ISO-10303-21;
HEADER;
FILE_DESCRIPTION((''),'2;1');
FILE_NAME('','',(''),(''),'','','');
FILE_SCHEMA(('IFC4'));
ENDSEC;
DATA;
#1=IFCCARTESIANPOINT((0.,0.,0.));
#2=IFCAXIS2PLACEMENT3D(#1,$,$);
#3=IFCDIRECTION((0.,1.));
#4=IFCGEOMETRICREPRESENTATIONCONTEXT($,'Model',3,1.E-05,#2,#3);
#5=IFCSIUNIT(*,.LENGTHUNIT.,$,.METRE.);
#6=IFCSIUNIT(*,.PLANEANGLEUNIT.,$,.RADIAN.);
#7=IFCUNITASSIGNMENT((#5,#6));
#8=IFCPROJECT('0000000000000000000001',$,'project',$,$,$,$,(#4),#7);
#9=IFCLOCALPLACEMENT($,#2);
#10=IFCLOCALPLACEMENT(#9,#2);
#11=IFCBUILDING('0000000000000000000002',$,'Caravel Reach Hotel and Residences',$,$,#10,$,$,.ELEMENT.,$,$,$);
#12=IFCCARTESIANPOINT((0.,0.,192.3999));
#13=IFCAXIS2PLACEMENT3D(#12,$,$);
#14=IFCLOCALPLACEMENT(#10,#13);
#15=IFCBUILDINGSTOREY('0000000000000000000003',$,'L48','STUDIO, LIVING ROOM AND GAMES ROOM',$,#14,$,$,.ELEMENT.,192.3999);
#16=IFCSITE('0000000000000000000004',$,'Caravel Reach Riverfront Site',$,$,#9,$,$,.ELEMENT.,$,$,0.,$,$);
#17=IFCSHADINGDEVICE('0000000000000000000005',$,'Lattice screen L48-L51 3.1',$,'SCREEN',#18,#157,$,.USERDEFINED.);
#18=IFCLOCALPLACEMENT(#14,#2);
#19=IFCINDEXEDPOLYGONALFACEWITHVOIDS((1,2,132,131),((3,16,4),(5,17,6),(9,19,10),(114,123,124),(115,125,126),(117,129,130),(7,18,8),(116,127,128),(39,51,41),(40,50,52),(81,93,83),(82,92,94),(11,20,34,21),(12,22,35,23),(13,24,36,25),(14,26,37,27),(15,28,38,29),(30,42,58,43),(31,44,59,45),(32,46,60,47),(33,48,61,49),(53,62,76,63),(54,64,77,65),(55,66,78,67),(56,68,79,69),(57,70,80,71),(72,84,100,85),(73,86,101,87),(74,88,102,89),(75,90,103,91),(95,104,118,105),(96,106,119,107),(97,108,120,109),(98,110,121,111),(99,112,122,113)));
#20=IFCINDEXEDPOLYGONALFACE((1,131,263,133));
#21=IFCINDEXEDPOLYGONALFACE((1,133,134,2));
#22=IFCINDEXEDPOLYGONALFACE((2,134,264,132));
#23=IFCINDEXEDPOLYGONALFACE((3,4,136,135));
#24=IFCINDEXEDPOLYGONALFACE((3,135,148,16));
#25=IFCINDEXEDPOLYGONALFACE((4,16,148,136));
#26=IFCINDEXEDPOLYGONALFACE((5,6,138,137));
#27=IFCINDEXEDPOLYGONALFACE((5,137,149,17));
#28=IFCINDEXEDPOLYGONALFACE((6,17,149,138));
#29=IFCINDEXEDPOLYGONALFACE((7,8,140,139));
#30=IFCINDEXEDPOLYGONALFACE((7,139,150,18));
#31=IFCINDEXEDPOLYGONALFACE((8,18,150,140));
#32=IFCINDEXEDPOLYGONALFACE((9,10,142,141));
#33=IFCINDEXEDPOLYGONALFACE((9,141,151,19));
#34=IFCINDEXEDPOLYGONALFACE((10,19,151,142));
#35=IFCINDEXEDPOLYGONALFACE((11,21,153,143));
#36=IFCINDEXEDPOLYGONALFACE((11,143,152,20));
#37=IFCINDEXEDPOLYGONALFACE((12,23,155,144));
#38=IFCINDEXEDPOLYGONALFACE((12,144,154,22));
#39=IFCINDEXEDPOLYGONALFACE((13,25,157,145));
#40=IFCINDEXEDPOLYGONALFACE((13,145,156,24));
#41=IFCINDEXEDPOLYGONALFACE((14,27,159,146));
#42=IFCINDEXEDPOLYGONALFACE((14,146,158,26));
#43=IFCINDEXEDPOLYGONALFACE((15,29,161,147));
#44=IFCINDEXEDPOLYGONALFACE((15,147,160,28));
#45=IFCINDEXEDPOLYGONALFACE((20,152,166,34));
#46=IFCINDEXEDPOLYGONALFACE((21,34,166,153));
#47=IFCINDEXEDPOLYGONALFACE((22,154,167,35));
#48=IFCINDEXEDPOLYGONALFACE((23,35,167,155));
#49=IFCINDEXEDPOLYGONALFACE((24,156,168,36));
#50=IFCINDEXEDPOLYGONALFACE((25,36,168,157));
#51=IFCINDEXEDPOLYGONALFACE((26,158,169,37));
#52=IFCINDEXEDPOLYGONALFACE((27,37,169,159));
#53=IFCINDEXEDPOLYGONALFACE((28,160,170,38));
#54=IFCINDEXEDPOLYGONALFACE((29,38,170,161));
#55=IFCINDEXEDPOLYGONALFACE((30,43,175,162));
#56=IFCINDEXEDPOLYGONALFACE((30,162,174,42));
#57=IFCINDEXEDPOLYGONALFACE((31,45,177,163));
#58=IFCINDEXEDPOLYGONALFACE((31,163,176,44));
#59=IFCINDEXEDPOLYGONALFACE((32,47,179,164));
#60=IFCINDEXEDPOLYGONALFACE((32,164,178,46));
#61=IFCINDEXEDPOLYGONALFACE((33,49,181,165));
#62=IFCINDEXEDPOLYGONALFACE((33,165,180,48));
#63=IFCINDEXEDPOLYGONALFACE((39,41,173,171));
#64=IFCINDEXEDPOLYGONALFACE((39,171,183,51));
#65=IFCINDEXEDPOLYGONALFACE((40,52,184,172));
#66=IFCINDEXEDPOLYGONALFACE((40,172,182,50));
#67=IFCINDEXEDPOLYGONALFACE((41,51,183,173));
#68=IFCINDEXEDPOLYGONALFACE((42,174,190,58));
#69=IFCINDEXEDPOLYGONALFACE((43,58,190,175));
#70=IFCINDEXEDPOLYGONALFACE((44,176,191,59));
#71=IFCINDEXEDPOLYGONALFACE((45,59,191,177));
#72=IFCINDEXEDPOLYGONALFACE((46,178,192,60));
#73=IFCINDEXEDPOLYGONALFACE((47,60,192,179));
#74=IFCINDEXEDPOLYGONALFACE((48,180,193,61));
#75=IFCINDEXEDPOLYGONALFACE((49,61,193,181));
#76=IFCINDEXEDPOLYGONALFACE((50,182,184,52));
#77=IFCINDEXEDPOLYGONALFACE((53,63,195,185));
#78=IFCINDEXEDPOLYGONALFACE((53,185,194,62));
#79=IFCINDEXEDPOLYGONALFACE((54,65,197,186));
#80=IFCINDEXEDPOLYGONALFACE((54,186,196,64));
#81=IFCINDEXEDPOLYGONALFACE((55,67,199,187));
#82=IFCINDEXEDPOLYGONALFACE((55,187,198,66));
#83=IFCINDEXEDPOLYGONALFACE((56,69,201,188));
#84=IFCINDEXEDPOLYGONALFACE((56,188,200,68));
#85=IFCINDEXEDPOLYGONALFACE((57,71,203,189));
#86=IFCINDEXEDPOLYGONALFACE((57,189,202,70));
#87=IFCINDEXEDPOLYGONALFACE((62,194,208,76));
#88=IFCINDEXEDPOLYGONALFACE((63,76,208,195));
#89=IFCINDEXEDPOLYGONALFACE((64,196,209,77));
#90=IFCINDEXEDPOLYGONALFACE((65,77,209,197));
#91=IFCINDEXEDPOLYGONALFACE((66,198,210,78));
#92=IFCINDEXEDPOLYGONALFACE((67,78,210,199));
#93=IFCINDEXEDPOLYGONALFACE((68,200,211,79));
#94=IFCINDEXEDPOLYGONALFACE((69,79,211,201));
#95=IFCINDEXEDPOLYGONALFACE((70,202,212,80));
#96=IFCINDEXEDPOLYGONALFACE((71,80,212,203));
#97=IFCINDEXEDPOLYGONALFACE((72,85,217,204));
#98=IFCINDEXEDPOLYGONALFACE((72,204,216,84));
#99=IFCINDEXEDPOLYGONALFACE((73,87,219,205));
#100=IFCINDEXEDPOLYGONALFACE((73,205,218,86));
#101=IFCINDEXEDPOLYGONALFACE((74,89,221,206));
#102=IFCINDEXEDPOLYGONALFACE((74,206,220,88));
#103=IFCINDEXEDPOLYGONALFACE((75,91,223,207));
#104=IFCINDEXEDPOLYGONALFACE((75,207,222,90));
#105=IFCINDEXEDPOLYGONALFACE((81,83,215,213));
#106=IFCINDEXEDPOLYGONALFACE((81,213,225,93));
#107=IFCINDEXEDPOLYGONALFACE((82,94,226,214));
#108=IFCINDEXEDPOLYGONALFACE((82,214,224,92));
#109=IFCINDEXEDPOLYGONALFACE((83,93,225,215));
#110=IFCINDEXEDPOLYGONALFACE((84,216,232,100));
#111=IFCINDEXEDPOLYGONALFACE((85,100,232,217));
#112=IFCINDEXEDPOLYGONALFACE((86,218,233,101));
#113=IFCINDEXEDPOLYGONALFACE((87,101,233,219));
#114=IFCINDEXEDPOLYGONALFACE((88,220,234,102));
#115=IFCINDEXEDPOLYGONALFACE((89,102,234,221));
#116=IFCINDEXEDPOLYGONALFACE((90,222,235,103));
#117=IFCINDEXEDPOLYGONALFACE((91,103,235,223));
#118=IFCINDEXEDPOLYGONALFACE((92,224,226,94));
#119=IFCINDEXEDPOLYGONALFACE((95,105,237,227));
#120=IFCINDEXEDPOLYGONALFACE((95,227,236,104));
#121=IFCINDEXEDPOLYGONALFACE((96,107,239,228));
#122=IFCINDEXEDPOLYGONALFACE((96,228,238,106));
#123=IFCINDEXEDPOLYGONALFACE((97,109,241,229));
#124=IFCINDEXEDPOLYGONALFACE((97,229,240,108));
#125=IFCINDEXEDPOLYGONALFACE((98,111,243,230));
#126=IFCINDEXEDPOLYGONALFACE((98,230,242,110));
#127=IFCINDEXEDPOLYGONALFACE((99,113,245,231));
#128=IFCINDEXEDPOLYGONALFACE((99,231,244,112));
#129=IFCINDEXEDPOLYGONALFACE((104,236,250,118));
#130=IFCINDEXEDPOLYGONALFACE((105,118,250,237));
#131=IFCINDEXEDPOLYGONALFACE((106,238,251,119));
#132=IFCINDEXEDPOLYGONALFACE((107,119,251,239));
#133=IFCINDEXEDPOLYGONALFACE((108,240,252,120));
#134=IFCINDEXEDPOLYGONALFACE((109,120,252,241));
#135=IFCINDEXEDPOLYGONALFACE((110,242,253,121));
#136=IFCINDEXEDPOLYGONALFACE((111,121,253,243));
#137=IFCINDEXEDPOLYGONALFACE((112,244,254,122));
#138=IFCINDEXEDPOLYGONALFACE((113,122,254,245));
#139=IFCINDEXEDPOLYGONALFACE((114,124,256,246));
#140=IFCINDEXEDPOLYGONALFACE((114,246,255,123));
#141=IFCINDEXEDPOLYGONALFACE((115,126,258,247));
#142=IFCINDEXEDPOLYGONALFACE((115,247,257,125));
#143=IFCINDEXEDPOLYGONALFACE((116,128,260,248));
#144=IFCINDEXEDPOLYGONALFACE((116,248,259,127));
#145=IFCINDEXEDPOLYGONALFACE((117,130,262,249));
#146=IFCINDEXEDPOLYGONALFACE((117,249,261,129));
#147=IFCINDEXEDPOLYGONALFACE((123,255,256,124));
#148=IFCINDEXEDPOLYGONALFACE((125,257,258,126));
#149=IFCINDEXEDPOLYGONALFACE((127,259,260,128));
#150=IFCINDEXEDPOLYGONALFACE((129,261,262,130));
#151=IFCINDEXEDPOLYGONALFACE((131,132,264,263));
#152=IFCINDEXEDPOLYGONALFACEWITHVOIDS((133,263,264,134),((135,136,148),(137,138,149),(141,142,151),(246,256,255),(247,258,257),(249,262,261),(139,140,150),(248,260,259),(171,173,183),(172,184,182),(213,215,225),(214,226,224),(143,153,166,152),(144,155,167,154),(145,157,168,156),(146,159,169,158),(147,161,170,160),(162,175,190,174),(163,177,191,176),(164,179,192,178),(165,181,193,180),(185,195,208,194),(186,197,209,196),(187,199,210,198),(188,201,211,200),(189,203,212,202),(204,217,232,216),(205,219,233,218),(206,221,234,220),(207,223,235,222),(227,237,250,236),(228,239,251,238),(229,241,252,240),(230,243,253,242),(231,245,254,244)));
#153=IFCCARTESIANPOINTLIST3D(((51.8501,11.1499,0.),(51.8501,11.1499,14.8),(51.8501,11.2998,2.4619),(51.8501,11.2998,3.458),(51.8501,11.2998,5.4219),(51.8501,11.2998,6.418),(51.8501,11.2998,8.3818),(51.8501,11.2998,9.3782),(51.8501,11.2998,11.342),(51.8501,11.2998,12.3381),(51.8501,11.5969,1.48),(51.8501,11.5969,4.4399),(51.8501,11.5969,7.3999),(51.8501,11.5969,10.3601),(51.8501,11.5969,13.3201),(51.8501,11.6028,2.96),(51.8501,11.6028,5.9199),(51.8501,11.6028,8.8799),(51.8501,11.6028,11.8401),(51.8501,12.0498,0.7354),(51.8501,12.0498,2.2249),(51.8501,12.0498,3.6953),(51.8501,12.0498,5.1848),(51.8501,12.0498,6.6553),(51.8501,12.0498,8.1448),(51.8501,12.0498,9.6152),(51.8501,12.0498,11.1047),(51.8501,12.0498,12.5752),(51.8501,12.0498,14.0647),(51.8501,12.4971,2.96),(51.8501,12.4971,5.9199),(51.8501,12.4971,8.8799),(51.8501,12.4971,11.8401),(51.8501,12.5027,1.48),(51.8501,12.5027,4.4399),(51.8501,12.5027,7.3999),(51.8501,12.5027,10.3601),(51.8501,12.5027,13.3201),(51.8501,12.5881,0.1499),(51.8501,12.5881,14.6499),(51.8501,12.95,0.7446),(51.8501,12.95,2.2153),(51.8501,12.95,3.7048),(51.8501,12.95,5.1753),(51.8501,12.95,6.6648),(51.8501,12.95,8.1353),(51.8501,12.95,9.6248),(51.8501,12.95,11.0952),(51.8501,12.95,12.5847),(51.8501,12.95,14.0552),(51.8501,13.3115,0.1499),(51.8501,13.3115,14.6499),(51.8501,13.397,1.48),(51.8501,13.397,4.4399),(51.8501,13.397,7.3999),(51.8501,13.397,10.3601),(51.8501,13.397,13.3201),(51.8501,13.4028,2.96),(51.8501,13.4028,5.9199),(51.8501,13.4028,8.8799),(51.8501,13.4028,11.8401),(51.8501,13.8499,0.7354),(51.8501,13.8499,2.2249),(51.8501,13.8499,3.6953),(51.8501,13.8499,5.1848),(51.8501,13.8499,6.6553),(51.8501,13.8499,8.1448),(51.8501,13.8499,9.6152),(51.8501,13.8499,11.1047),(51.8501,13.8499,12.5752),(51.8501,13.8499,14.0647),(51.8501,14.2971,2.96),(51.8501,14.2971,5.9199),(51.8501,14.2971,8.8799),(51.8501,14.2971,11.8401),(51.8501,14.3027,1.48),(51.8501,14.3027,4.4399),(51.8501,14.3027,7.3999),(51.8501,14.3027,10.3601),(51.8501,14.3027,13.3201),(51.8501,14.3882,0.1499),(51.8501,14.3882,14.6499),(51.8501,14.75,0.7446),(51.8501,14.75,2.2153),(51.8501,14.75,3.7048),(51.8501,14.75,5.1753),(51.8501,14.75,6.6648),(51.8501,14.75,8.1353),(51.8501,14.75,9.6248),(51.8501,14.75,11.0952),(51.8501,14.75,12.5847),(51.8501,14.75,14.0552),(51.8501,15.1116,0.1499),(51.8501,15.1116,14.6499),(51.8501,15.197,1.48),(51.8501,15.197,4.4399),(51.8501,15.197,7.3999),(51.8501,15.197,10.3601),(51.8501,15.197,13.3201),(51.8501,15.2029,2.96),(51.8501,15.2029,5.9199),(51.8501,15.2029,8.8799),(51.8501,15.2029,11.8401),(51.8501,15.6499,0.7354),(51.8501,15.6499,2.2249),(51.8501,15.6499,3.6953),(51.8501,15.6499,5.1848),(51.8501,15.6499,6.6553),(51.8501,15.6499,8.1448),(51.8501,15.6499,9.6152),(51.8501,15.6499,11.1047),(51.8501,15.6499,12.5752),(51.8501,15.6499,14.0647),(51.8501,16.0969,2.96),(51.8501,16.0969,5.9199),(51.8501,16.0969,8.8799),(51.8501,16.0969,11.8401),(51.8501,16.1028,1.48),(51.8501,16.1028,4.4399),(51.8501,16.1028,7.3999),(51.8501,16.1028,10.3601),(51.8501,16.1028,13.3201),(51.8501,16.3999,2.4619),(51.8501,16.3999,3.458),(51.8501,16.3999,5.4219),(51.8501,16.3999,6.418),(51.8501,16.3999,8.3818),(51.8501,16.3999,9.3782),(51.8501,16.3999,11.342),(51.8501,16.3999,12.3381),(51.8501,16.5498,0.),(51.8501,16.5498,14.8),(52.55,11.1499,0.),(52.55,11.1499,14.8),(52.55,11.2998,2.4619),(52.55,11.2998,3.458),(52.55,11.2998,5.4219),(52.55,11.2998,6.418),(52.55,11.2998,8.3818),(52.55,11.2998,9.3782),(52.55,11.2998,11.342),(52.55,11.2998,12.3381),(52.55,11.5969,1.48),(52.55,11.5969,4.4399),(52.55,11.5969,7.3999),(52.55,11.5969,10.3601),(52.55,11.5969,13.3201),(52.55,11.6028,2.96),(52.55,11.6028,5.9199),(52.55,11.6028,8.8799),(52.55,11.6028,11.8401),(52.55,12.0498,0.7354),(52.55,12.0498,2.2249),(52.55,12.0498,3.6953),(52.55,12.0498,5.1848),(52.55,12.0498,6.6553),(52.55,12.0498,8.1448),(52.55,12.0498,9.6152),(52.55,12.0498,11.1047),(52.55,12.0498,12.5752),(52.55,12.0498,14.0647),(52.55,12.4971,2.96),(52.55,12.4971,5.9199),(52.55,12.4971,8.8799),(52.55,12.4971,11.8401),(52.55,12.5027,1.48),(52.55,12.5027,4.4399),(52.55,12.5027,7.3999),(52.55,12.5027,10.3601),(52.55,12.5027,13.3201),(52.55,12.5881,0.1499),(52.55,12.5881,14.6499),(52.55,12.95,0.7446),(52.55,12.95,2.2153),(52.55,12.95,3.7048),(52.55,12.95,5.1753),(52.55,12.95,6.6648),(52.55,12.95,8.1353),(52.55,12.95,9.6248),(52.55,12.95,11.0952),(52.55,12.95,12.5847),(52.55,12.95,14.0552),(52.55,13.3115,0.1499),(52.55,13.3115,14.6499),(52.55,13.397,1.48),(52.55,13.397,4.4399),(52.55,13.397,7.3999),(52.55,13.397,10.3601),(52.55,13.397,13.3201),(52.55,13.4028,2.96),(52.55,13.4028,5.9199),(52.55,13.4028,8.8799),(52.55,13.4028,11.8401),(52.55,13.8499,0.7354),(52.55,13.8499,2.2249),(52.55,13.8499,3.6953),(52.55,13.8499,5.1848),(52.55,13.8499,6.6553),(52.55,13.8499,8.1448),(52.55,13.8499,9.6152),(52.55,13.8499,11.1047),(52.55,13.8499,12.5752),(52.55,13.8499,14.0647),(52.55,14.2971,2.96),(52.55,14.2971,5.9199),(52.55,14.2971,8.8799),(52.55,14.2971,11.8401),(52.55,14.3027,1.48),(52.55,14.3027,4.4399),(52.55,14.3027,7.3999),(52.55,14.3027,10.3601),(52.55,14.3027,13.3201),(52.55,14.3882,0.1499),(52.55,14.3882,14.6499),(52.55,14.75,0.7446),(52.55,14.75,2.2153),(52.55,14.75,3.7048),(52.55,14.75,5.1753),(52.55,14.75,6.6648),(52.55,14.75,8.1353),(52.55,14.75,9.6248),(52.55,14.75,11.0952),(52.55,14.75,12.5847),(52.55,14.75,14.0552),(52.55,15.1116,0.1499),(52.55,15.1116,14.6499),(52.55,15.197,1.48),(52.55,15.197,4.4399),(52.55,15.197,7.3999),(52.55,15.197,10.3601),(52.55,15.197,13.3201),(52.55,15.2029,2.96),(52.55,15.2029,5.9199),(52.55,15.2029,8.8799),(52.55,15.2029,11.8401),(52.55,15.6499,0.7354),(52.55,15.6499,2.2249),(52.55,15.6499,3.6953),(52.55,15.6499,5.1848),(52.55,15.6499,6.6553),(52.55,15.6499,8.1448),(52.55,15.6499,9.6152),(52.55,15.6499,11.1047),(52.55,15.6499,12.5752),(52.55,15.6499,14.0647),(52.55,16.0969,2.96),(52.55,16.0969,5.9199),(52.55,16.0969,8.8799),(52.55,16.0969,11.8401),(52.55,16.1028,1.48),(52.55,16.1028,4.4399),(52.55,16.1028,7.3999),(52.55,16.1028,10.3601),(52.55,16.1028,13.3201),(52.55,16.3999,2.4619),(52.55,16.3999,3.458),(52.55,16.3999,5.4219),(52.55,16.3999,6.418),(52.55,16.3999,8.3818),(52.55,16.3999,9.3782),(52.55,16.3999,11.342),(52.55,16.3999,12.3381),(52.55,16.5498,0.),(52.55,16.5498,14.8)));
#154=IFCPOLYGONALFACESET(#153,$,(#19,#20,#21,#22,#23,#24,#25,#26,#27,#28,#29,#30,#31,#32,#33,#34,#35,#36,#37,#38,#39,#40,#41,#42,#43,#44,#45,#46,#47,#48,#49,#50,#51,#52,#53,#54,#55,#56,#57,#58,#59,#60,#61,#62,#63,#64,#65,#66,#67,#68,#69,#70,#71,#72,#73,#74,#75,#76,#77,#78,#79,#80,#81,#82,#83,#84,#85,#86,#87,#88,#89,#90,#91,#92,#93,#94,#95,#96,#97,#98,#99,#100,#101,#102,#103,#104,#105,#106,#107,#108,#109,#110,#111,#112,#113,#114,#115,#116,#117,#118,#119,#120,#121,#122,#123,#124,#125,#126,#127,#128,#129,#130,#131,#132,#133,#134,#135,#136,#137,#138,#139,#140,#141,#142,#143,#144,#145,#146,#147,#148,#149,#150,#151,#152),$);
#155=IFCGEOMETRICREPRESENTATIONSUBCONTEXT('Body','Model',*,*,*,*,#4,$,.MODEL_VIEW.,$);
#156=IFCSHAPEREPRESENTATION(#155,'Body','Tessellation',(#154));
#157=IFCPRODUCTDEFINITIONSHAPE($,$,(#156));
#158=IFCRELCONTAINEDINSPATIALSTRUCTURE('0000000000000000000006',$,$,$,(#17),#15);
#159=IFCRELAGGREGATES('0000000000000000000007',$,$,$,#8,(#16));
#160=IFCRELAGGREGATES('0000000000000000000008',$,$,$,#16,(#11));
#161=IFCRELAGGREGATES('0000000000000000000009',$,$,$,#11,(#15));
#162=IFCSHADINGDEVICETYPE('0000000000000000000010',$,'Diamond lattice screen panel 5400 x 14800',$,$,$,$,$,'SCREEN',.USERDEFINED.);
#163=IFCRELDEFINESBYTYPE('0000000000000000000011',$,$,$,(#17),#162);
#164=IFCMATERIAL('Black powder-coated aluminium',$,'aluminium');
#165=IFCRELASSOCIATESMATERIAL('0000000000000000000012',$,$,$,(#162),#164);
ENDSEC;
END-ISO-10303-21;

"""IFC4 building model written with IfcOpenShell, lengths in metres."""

from ifc_helpers import new_model, si_unit, direction, frame, origin, place, context, subcontext, project, spatial, polyline, outline, extrude, material, type_object, element, save


model = new_model("IFC4")

# Units and contexts
model_context = context("Model", 3, precision=1e-05, world=origin(), true_north=direction((0.0, 1.0)))
body_context = subcontext(model_context, "Body", "Model", "MODEL_VIEW")
ifc_project = project(units=[si_unit("LENGTHUNIT", "METRE"), si_unit("PLANEANGLEUNIT", "RADIAN")], contexts=[model_context])

# Site, building, storey
site_placement = place(None, origin())
site = spatial("IfcSite", under=ifc_project, at=site_placement, Name="Caravel Reach Riverfront Site", CompositionType="ELEMENT", RefElevation=0.0)
building_placement = place(site_placement, origin())
building = spatial("IfcBuilding", under=site, at=building_placement, Name="Caravel Reach Hotel and Residences", CompositionType="ELEMENT")
storey_placement = place(building_placement, frame((0.0, 0.0, 192.3999)))
storey = spatial("IfcBuildingStorey", under=building, at=storey_placement, Name="L48", Description="STUDIO, LIVING ROOM AND GAMES ROOM", CompositionType="ELEMENT", Elevation=192.3999)

# Shading device
ifc_material_1 = material(Name="Black powder-coated aluminium", Category="aluminium")
shading_device_type_1 = type_object("IfcShadingDeviceType", Name="Diamond lattice screen panel 5400 x 14800", ElementType="SCREEN", PredefinedType="USERDEFINED", material=ifc_material_1)
shading_device_1_placement = place(storey_placement, frame((51.8501, 11.1499, 0.0), z_axis=(1.0, 0.0, 0.0), x_axis=(0.0, 1.0, 0.0)))
element("IfcShadingDevice", 1, at=shading_device_1_placement, inside=storey, type_object=shading_device_type_1, Name="Lattice screen L48-L51 3.1", ObjectType="SCREEN", PredefinedType="USERDEFINED", context=body_context, shape_type="SweptSolid", body=[
    extrude(outline(polyline([(0.0, 0.0), (5.3999, 0.0), (5.3999, 14.8), (0.0, 14.8), (0.0, 0.0)]), holes=[polyline([(0.4529, 2.96), (0.1499, 3.458), (0.1499, 2.4619), (0.4529, 2.96)]), polyline([(0.4529, 5.9199), (0.1499, 6.418), (0.1499, 5.4219), (0.4529, 5.9199)]), polyline([(0.4529, 8.8799), (0.1499, 9.3782), (0.1499, 8.3818), (0.4529, 8.8799)]), polyline([(0.4529, 11.8401), (0.1499, 12.3381), (0.1499, 11.342), (0.4529, 11.8401)]), polyline([(0.8999, 2.2249), (0.447, 1.48), (0.8999, 0.7354), (1.3528, 1.48), (0.8999, 2.2249)]), polyline([(0.8999, 5.1848), (0.447, 4.4399), (0.8999, 3.6953), (1.3528, 4.4399), (0.8999, 5.1848)]), polyline([(0.8999, 8.1448), (0.447, 7.3999), (0.8999, 6.6553), (1.3528, 7.3999), (0.8999, 8.1448)]), polyline([(0.8999, 11.1047), (0.447, 10.3601), (0.8999, 9.6152), (1.3528, 10.3601), (0.8999, 11.1047)]), polyline([(0.8999, 14.0647), (0.447, 13.3201), (0.8999, 12.5752), (1.3528, 13.3201), (0.8999, 14.0647)]), polyline([(1.8, 0.7446), (1.4382, 0.1499), (2.1616, 0.1499), (1.8, 0.7446)]), polyline([(1.8, 3.7048), (1.3472, 2.96), (1.8, 2.2153), (2.2529, 2.96), (1.8, 3.7048)]), polyline([(1.8, 6.6648), (1.3472, 5.9199), (1.8, 5.1753), (2.2529, 5.9199), (1.8, 6.6648)]), polyline([(1.8, 9.6248), (1.3472, 8.8799), (1.8, 8.1353), (2.2529, 8.8799), (1.8, 9.6248)]), polyline([(1.8, 12.5847), (1.3472, 11.8401), (1.8, 11.0952), (2.2529, 11.8401), (1.8, 12.5847)]), polyline([(1.8, 14.0552), (2.1616, 14.6499), (1.4382, 14.6499), (1.8, 14.0552)]), polyline([(2.7, 2.2249), (2.2471, 1.48), (2.7, 0.7354), (3.1528, 1.48), (2.7, 2.2249)]), polyline([(2.7, 5.1848), (2.2471, 4.4399), (2.7, 3.6953), (3.1528, 4.4399), (2.7, 5.1848)]), polyline([(2.7, 8.1448), (2.2471, 7.3999), (2.7, 6.6553), (3.1528, 7.3999), (2.7, 8.1448)]), polyline([(2.7, 11.1047), (2.2471, 10.3601), (2.7, 9.6152), (3.1528, 10.3601), (2.7, 11.1047)]), polyline([(2.7, 14.0647), (2.2471, 13.3201), (2.7, 12.5752), (3.1528, 13.3201), (2.7, 14.0647)]), polyline([(3.6001, 0.7446), (3.2383, 0.1499), (3.9617, 0.1499), (3.6001, 0.7446)]), polyline([(3.6001, 3.7048), (3.1472, 2.96), (3.6001, 2.2153), (4.053, 2.96), (3.6001, 3.7048)]), polyline([(3.6001, 6.6648), (3.1472, 5.9199), (3.6001, 5.1753), (4.053, 5.9199), (3.6001, 6.6648)]), polyline([(3.6001, 9.6248), (3.1472, 8.8799), (3.6001, 8.1353), (4.053, 8.8799), (3.6001, 9.6248)]), polyline([(3.6001, 12.5847), (3.1472, 11.8401), (3.6001, 11.0952), (4.053, 11.8401), (3.6001, 12.5847)]), polyline([(3.6001, 14.0552), (3.9617, 14.6499), (3.2383, 14.6499), (3.6001, 14.0552)]), polyline([(4.5, 2.2249), (4.0471, 1.48), (4.5, 0.7354), (4.9529, 1.48), (4.5, 2.2249)]), polyline([(4.5, 5.1848), (4.0471, 4.4399), (4.5, 3.6953), (4.9529, 4.4399), (4.5, 5.1848)]), polyline([(4.5, 8.1448), (4.0471, 7.3999), (4.5, 6.6553), (4.9529, 7.3999), (4.5, 8.1448)]), polyline([(4.5, 11.1047), (4.0471, 10.3601), (4.5, 9.6152), (4.9529, 10.3601), (4.5, 11.1047)]), polyline([(4.5, 14.0647), (4.0471, 13.3201), (4.5, 12.5752), (4.9529, 13.3201), (4.5, 14.0647)]), polyline([(4.947, 2.96), (5.25, 2.4619), (5.25, 3.458), (4.947, 2.96)]), polyline([(4.947, 5.9199), (5.25, 5.4219), (5.25, 6.418), (4.947, 5.9199)]), polyline([(4.947, 8.8799), (5.25, 8.3818), (5.25, 9.3782), (4.947, 8.8799)]), polyline([(4.947, 11.8401), (5.25, 11.342), (5.25, 12.3381), (4.947, 11.8401)])]), origin(), (0.0, 0.0, 1.0), 0.7),
])

save(model, "model.ifc")
